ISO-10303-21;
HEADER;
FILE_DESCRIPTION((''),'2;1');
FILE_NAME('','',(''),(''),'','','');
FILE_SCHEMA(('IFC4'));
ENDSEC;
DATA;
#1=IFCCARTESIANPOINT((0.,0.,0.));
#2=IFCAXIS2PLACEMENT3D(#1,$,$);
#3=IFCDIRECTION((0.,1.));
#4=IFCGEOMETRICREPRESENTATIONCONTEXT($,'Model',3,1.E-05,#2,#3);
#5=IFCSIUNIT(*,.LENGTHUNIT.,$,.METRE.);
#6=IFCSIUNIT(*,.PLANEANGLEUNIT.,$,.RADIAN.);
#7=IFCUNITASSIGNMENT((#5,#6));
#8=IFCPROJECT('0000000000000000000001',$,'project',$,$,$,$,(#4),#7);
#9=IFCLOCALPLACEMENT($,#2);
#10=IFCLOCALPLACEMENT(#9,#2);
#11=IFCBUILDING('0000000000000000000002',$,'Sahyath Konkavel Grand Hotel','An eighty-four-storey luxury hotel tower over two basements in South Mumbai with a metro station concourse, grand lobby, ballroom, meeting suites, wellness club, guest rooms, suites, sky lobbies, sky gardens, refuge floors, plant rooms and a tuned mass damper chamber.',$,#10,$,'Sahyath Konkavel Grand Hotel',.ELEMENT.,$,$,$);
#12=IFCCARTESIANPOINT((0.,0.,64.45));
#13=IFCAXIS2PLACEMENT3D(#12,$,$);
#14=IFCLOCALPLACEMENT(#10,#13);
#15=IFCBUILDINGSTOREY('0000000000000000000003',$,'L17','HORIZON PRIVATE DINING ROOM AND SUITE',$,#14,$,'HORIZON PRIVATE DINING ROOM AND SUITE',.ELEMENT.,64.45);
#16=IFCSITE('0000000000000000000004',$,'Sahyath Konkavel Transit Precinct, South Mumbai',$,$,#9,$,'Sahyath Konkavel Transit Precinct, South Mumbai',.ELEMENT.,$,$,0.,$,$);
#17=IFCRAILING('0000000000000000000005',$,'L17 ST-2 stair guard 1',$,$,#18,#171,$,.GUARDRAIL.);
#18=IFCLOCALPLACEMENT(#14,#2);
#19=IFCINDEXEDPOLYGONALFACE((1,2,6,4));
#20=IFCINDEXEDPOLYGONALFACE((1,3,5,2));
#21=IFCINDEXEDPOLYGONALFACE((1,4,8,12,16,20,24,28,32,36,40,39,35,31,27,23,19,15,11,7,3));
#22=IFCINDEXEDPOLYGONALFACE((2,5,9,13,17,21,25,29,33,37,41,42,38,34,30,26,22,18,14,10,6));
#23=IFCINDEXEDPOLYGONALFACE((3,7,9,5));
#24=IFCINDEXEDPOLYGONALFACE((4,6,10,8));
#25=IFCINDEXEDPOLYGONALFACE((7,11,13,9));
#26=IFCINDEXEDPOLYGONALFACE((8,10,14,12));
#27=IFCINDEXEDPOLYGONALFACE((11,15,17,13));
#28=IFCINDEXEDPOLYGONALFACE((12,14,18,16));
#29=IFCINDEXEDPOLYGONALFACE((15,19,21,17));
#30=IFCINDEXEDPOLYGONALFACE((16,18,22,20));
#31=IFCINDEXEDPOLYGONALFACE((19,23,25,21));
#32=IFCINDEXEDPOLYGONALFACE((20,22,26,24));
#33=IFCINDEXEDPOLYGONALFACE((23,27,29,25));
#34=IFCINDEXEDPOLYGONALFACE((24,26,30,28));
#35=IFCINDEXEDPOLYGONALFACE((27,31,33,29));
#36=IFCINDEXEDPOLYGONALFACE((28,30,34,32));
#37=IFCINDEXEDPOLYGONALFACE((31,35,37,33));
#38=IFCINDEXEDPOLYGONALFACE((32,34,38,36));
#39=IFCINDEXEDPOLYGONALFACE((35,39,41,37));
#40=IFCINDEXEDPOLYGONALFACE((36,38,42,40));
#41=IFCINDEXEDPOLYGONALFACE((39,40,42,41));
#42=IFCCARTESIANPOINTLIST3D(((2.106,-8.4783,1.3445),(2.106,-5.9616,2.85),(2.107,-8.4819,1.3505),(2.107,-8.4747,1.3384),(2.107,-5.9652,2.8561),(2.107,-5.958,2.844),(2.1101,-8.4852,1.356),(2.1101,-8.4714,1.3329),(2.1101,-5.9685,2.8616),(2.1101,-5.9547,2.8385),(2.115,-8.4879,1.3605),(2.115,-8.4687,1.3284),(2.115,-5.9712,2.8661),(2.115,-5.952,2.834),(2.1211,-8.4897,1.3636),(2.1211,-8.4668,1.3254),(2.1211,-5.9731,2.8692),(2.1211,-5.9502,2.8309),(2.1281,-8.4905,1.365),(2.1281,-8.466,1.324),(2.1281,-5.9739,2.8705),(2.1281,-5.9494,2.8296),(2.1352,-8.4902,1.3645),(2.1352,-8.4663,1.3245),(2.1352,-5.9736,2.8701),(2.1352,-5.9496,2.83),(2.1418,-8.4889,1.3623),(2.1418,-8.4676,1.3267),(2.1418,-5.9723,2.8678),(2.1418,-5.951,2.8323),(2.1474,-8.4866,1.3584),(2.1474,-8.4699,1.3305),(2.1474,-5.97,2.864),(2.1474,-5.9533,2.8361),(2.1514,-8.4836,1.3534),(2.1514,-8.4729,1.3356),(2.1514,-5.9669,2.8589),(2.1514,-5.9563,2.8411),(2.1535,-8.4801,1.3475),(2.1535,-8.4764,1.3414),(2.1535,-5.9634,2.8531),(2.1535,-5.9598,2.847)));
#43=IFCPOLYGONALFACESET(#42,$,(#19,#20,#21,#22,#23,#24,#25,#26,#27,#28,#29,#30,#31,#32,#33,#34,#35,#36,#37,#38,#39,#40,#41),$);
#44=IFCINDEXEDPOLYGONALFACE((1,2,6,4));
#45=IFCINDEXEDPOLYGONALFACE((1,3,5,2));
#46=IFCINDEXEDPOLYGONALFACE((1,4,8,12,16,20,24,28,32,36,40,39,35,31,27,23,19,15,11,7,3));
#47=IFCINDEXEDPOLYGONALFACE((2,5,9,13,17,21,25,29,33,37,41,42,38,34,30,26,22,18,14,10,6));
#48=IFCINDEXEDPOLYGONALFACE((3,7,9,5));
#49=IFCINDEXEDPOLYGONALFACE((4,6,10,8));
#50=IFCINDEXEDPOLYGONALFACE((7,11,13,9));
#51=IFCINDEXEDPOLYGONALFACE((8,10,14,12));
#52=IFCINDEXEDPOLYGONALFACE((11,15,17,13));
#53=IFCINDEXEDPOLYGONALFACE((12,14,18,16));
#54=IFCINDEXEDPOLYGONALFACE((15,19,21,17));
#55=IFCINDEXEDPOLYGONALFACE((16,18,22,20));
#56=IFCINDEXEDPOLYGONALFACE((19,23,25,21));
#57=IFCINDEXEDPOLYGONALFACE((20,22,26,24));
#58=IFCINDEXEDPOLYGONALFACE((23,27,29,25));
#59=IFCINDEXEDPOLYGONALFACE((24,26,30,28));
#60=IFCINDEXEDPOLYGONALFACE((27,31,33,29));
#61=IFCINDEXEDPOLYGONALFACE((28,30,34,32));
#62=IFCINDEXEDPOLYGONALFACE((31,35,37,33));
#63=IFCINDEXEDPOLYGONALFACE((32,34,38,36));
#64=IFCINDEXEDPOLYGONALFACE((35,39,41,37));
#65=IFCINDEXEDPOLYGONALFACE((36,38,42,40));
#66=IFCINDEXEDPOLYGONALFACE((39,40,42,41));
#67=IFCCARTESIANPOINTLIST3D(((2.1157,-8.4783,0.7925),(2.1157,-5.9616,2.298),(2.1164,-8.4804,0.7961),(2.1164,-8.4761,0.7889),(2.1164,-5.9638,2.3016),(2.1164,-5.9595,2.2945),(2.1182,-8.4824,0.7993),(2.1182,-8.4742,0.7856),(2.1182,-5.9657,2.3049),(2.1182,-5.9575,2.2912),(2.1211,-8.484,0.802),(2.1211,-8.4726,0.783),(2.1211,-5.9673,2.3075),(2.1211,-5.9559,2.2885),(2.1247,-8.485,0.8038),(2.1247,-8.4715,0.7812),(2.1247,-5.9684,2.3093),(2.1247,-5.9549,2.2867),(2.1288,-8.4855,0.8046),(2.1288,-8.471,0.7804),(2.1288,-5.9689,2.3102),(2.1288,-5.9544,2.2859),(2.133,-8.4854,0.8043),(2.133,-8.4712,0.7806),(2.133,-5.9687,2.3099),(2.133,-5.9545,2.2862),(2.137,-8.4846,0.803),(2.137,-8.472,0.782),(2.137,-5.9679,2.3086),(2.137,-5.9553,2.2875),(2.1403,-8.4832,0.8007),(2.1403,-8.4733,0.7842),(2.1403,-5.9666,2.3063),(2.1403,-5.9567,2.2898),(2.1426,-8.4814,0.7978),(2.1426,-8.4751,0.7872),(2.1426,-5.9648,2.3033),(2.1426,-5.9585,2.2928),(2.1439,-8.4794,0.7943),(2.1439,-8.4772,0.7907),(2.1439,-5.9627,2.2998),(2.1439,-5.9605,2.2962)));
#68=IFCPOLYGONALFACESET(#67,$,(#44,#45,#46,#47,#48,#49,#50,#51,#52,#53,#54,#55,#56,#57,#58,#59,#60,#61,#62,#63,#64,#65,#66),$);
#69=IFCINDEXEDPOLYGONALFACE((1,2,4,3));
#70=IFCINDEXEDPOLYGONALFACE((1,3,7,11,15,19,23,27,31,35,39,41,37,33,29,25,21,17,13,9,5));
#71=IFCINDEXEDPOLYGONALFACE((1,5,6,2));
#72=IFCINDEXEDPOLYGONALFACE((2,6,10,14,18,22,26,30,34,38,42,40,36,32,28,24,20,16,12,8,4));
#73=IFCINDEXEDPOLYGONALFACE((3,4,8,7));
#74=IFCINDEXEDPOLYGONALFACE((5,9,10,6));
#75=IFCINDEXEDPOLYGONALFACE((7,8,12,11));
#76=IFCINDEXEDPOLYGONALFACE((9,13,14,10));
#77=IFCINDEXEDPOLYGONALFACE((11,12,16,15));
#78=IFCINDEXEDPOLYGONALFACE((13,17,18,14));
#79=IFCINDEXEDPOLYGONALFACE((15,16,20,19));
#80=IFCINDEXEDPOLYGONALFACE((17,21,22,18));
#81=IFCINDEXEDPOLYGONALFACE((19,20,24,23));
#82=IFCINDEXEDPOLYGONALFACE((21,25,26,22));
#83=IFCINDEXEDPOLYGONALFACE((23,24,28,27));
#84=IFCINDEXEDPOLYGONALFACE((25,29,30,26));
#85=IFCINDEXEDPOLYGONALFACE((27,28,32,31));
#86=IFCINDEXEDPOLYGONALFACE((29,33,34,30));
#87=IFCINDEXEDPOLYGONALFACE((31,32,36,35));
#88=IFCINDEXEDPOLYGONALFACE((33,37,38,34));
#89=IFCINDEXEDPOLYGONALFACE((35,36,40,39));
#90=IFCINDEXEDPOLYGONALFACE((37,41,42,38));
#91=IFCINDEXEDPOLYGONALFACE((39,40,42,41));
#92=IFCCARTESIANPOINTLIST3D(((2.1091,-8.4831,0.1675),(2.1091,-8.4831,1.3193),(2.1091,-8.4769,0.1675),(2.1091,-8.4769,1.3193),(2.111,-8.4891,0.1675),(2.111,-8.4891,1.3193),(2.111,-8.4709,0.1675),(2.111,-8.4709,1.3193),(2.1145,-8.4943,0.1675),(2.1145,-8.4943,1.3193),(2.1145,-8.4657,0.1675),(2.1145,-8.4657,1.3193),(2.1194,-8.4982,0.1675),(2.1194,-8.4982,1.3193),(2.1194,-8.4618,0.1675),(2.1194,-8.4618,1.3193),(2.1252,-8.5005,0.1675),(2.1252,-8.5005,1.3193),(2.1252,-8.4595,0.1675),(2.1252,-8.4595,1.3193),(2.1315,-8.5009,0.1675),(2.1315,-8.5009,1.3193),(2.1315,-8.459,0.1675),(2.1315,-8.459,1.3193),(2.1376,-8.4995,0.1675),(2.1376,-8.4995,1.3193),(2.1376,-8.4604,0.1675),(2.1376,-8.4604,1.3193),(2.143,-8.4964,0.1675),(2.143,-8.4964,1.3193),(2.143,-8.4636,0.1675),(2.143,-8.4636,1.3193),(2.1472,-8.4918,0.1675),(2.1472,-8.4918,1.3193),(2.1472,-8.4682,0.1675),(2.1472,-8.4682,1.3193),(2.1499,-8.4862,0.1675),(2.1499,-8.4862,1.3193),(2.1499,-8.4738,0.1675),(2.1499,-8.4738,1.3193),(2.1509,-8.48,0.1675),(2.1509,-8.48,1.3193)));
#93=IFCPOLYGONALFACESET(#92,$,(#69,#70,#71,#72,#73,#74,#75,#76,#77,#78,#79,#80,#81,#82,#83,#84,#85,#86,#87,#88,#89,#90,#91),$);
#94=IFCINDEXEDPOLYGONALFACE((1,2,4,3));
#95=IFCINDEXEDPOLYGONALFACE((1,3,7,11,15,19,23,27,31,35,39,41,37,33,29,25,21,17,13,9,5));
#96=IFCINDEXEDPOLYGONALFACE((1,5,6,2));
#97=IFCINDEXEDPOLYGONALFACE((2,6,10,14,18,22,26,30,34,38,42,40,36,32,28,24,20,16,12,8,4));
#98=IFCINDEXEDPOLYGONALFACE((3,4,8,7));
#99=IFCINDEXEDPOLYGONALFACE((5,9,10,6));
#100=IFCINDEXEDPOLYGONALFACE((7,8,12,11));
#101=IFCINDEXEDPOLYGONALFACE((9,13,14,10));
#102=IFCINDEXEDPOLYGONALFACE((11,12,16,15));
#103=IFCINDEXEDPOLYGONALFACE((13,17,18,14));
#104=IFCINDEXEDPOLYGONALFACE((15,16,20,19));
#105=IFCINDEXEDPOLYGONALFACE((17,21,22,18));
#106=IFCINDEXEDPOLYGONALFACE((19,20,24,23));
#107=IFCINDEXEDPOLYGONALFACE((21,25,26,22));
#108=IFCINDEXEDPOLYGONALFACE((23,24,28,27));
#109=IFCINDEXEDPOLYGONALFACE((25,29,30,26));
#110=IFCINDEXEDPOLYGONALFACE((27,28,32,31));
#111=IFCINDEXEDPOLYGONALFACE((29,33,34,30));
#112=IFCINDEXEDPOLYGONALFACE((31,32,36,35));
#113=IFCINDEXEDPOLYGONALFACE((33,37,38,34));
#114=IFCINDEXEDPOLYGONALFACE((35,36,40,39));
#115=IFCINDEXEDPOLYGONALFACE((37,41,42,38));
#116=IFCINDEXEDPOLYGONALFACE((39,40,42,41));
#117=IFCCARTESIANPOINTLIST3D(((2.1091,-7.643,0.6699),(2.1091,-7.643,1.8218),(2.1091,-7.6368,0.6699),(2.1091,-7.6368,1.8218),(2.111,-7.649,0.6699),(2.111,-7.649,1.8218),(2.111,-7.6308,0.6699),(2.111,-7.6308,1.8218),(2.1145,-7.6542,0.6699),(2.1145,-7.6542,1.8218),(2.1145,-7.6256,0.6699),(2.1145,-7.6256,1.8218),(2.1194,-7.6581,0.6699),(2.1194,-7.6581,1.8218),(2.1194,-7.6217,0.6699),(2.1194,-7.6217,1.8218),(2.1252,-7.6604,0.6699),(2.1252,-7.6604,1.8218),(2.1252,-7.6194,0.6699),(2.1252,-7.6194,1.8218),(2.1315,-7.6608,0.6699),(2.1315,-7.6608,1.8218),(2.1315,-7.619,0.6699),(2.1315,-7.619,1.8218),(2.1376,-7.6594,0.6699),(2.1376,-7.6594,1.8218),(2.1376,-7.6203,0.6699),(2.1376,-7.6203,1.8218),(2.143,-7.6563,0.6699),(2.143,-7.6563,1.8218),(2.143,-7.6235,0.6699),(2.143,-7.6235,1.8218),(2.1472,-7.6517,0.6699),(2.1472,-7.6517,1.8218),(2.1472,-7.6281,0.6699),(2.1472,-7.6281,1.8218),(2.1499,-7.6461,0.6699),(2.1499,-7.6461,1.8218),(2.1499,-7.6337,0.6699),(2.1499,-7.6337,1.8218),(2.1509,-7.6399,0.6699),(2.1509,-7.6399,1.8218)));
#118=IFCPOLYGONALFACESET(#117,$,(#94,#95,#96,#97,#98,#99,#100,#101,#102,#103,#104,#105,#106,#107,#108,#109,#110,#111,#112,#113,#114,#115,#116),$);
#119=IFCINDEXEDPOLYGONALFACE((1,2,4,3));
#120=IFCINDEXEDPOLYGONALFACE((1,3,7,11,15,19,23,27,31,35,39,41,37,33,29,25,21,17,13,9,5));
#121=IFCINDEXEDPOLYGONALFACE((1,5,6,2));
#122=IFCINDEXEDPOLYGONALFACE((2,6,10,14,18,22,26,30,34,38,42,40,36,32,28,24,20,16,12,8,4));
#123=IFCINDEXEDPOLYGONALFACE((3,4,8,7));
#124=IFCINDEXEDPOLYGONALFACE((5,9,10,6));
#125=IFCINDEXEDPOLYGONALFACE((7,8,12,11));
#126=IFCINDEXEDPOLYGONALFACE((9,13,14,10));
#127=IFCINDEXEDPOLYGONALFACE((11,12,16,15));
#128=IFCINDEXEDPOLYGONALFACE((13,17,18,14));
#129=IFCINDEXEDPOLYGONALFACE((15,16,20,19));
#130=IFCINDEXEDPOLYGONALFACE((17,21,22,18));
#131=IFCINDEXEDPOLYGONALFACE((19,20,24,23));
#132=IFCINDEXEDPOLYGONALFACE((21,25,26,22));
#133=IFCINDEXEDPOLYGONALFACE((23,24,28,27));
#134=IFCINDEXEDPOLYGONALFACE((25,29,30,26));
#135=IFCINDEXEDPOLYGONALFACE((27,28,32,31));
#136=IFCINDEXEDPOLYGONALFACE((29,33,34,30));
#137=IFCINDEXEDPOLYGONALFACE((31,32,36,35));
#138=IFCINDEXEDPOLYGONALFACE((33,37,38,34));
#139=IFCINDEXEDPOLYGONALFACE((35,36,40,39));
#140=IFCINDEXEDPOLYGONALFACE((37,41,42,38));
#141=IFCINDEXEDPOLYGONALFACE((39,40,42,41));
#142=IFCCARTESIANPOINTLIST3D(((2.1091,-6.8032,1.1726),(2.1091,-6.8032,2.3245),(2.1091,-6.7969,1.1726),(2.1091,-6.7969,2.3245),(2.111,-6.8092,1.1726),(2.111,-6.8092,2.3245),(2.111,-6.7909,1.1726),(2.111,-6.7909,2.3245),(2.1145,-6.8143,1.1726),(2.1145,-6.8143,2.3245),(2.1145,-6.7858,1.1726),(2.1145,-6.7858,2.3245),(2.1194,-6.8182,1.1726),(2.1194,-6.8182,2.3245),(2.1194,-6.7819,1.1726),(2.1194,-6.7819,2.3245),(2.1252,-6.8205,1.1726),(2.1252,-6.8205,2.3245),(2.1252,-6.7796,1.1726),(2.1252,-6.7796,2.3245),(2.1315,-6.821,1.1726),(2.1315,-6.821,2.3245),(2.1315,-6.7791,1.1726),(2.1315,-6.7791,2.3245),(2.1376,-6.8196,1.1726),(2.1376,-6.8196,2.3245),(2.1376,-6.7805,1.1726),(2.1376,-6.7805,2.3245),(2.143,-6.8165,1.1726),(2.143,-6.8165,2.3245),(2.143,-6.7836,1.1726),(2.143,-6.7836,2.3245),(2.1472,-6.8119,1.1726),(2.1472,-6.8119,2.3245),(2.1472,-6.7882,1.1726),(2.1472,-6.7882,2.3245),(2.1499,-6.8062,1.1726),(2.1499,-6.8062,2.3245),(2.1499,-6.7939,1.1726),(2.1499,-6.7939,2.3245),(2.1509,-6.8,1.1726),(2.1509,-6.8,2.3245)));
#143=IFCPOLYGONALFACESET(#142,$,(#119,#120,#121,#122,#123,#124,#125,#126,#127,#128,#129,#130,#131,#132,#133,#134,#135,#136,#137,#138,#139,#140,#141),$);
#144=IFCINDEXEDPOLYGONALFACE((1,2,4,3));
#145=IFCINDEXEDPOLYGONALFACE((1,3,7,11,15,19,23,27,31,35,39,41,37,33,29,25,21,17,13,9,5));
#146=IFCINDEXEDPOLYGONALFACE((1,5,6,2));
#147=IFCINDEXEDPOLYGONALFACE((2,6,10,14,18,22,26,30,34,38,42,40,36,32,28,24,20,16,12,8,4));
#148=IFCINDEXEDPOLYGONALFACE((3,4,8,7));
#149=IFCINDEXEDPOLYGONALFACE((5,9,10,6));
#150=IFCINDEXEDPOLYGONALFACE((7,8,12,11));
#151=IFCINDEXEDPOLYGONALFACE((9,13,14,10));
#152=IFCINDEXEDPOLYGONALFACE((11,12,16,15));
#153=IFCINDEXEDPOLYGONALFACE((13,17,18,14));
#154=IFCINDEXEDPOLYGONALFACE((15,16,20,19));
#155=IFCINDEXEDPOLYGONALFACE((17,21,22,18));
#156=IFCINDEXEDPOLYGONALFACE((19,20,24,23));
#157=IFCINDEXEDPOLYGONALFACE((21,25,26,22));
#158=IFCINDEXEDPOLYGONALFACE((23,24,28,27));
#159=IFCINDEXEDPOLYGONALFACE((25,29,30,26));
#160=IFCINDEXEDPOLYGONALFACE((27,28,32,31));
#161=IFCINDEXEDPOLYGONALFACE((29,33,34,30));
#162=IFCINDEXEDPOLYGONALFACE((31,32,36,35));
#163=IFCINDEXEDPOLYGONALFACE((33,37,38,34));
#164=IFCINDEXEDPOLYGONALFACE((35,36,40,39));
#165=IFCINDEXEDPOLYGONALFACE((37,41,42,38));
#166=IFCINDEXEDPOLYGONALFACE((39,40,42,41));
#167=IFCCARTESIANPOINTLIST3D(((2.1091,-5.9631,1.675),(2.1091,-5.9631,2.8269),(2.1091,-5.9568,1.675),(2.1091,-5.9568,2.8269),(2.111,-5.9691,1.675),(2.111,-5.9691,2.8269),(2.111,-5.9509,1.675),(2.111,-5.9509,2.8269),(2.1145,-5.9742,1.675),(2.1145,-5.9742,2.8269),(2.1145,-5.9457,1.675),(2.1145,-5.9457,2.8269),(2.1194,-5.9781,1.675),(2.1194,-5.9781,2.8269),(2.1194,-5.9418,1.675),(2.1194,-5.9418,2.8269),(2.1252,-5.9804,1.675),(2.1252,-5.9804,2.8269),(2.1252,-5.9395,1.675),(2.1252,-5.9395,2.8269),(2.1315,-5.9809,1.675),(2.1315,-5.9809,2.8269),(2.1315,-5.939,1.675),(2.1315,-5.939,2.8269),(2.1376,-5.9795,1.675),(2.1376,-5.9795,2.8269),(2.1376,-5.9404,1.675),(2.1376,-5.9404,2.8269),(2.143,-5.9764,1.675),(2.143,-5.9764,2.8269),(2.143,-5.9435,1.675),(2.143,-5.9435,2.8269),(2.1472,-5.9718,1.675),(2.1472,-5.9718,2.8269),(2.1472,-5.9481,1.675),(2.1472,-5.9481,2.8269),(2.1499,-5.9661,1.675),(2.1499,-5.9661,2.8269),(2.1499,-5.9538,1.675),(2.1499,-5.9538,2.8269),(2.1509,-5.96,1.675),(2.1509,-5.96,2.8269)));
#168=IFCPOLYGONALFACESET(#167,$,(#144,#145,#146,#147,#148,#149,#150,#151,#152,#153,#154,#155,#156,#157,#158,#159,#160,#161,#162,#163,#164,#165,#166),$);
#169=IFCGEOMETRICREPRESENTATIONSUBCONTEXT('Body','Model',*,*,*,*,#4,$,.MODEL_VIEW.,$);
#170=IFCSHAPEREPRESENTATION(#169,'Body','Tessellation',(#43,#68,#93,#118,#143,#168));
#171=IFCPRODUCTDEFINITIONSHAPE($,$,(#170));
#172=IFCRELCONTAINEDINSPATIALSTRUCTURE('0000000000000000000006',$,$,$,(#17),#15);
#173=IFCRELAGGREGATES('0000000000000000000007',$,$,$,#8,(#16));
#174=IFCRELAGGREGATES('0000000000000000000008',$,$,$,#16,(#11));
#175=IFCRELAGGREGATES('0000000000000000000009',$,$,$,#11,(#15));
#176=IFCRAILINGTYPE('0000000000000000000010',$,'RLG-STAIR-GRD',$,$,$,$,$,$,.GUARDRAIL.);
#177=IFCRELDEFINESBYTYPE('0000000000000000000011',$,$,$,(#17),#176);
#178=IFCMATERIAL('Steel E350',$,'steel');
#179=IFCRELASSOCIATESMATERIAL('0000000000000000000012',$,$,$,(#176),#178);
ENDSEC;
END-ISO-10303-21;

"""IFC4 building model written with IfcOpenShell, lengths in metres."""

from ifc_helpers import new_model, si_unit, direction, frame, origin, origin_2d, place, context, subcontext, project, spatial, circle, extrude, material, type_object, element, save


model = new_model("IFC4")

# Units and contexts
model_context = context("Model", 3, precision=1e-05, world=origin(), true_north=direction((0.0, 1.0)))
body_context = subcontext(model_context, "Body", "Model", "MODEL_VIEW")
ifc_project = project(units=[si_unit("LENGTHUNIT", "METRE"), si_unit("PLANEANGLEUNIT", "RADIAN")], contexts=[model_context])

# Site, building, storey
site_placement = place(None, origin())
site = spatial("IfcSite", under=ifc_project, at=site_placement, Name="Sahyath Konkavel Transit Precinct, South Mumbai", LongName="Sahyath Konkavel Transit Precinct, South Mumbai", CompositionType="ELEMENT", RefElevation=0.0)
building_placement = place(site_placement, origin())
building = spatial("IfcBuilding", under=site, at=building_placement, Name="Sahyath Konkavel Grand Hotel", Description="An eighty-four-storey luxury hotel tower over two basements in South Mumbai with a metro station concourse, grand lobby, ballroom, meeting suites, wellness club, guest rooms, suites, sky lobbies, sky gardens, refuge floors, plant rooms and a tuned mass damper chamber.", LongName="Sahyath Konkavel Grand Hotel", CompositionType="ELEMENT")
storey_placement = place(building_placement, frame((0.0, 0.0, 64.45)))
storey = spatial("IfcBuildingStorey", under=building, at=storey_placement, Name="L17", Description="HORIZON PRIVATE DINING ROOM AND SUITE", LongName="HORIZON PRIVATE DINING ROOM AND SUITE", CompositionType="ELEMENT", Elevation=64.45)

# Shared definitions
ifc_material_1 = material(Name="Steel E350", Category="steel")

# Railing
railing_type_1 = type_object("IfcRailingType", Name="RLG-STAIR-GRD", PredefinedType="GUARDRAIL", material=ifc_material_1)
railing_1_placement = place(storey_placement, frame((2.1299, -8.48, 0.1675)))
element("IfcRailing", 1, at=railing_1_placement, inside=storey, type_object=railing_type_1, Name="L17 ST-2 stair guard 1", PredefinedType="GUARDRAIL", context=body_context, shape_type="SweptSolid", body=[
    extrude(circle(Radius=0.0239, at=origin_2d()), frame((0.0, 0.0017, 1.177), z_axis=(0.0, 0.85816, 0.513383), x_axis=(-1.0, 0.0, 0.0)), (0.0, 0.0, 1.0), 2.9326),
    extrude(circle(Radius=0.0142, at=origin_2d()), frame((0.0, 0.0017, 0.625), z_axis=(0.0, 0.85816, 0.513383), x_axis=(-1.0, 0.0, 0.0)), (0.0, 0.0, 1.0), 2.9326),
    extrude(circle(Radius=0.021, at=origin_2d()), origin(), (0.0, 0.0, 1.0), 1.1519),
    extrude(circle(Radius=0.021, at=origin_2d()), frame((0.0, 0.8401, 0.5024)), (0.0, 0.0, 1.0), 1.1519),
    extrude(circle(Radius=0.021, at=origin_2d()), frame((0.0, 1.6799, 1.0051)), (0.0, 0.0, 1.0), 1.1519),
    extrude(circle(Radius=0.021, at=origin_2d()), frame((0.0, 2.52, 1.5076)), (0.0, 0.0, 1.0), 1.1519),
])

save(model, "model.ifc")
